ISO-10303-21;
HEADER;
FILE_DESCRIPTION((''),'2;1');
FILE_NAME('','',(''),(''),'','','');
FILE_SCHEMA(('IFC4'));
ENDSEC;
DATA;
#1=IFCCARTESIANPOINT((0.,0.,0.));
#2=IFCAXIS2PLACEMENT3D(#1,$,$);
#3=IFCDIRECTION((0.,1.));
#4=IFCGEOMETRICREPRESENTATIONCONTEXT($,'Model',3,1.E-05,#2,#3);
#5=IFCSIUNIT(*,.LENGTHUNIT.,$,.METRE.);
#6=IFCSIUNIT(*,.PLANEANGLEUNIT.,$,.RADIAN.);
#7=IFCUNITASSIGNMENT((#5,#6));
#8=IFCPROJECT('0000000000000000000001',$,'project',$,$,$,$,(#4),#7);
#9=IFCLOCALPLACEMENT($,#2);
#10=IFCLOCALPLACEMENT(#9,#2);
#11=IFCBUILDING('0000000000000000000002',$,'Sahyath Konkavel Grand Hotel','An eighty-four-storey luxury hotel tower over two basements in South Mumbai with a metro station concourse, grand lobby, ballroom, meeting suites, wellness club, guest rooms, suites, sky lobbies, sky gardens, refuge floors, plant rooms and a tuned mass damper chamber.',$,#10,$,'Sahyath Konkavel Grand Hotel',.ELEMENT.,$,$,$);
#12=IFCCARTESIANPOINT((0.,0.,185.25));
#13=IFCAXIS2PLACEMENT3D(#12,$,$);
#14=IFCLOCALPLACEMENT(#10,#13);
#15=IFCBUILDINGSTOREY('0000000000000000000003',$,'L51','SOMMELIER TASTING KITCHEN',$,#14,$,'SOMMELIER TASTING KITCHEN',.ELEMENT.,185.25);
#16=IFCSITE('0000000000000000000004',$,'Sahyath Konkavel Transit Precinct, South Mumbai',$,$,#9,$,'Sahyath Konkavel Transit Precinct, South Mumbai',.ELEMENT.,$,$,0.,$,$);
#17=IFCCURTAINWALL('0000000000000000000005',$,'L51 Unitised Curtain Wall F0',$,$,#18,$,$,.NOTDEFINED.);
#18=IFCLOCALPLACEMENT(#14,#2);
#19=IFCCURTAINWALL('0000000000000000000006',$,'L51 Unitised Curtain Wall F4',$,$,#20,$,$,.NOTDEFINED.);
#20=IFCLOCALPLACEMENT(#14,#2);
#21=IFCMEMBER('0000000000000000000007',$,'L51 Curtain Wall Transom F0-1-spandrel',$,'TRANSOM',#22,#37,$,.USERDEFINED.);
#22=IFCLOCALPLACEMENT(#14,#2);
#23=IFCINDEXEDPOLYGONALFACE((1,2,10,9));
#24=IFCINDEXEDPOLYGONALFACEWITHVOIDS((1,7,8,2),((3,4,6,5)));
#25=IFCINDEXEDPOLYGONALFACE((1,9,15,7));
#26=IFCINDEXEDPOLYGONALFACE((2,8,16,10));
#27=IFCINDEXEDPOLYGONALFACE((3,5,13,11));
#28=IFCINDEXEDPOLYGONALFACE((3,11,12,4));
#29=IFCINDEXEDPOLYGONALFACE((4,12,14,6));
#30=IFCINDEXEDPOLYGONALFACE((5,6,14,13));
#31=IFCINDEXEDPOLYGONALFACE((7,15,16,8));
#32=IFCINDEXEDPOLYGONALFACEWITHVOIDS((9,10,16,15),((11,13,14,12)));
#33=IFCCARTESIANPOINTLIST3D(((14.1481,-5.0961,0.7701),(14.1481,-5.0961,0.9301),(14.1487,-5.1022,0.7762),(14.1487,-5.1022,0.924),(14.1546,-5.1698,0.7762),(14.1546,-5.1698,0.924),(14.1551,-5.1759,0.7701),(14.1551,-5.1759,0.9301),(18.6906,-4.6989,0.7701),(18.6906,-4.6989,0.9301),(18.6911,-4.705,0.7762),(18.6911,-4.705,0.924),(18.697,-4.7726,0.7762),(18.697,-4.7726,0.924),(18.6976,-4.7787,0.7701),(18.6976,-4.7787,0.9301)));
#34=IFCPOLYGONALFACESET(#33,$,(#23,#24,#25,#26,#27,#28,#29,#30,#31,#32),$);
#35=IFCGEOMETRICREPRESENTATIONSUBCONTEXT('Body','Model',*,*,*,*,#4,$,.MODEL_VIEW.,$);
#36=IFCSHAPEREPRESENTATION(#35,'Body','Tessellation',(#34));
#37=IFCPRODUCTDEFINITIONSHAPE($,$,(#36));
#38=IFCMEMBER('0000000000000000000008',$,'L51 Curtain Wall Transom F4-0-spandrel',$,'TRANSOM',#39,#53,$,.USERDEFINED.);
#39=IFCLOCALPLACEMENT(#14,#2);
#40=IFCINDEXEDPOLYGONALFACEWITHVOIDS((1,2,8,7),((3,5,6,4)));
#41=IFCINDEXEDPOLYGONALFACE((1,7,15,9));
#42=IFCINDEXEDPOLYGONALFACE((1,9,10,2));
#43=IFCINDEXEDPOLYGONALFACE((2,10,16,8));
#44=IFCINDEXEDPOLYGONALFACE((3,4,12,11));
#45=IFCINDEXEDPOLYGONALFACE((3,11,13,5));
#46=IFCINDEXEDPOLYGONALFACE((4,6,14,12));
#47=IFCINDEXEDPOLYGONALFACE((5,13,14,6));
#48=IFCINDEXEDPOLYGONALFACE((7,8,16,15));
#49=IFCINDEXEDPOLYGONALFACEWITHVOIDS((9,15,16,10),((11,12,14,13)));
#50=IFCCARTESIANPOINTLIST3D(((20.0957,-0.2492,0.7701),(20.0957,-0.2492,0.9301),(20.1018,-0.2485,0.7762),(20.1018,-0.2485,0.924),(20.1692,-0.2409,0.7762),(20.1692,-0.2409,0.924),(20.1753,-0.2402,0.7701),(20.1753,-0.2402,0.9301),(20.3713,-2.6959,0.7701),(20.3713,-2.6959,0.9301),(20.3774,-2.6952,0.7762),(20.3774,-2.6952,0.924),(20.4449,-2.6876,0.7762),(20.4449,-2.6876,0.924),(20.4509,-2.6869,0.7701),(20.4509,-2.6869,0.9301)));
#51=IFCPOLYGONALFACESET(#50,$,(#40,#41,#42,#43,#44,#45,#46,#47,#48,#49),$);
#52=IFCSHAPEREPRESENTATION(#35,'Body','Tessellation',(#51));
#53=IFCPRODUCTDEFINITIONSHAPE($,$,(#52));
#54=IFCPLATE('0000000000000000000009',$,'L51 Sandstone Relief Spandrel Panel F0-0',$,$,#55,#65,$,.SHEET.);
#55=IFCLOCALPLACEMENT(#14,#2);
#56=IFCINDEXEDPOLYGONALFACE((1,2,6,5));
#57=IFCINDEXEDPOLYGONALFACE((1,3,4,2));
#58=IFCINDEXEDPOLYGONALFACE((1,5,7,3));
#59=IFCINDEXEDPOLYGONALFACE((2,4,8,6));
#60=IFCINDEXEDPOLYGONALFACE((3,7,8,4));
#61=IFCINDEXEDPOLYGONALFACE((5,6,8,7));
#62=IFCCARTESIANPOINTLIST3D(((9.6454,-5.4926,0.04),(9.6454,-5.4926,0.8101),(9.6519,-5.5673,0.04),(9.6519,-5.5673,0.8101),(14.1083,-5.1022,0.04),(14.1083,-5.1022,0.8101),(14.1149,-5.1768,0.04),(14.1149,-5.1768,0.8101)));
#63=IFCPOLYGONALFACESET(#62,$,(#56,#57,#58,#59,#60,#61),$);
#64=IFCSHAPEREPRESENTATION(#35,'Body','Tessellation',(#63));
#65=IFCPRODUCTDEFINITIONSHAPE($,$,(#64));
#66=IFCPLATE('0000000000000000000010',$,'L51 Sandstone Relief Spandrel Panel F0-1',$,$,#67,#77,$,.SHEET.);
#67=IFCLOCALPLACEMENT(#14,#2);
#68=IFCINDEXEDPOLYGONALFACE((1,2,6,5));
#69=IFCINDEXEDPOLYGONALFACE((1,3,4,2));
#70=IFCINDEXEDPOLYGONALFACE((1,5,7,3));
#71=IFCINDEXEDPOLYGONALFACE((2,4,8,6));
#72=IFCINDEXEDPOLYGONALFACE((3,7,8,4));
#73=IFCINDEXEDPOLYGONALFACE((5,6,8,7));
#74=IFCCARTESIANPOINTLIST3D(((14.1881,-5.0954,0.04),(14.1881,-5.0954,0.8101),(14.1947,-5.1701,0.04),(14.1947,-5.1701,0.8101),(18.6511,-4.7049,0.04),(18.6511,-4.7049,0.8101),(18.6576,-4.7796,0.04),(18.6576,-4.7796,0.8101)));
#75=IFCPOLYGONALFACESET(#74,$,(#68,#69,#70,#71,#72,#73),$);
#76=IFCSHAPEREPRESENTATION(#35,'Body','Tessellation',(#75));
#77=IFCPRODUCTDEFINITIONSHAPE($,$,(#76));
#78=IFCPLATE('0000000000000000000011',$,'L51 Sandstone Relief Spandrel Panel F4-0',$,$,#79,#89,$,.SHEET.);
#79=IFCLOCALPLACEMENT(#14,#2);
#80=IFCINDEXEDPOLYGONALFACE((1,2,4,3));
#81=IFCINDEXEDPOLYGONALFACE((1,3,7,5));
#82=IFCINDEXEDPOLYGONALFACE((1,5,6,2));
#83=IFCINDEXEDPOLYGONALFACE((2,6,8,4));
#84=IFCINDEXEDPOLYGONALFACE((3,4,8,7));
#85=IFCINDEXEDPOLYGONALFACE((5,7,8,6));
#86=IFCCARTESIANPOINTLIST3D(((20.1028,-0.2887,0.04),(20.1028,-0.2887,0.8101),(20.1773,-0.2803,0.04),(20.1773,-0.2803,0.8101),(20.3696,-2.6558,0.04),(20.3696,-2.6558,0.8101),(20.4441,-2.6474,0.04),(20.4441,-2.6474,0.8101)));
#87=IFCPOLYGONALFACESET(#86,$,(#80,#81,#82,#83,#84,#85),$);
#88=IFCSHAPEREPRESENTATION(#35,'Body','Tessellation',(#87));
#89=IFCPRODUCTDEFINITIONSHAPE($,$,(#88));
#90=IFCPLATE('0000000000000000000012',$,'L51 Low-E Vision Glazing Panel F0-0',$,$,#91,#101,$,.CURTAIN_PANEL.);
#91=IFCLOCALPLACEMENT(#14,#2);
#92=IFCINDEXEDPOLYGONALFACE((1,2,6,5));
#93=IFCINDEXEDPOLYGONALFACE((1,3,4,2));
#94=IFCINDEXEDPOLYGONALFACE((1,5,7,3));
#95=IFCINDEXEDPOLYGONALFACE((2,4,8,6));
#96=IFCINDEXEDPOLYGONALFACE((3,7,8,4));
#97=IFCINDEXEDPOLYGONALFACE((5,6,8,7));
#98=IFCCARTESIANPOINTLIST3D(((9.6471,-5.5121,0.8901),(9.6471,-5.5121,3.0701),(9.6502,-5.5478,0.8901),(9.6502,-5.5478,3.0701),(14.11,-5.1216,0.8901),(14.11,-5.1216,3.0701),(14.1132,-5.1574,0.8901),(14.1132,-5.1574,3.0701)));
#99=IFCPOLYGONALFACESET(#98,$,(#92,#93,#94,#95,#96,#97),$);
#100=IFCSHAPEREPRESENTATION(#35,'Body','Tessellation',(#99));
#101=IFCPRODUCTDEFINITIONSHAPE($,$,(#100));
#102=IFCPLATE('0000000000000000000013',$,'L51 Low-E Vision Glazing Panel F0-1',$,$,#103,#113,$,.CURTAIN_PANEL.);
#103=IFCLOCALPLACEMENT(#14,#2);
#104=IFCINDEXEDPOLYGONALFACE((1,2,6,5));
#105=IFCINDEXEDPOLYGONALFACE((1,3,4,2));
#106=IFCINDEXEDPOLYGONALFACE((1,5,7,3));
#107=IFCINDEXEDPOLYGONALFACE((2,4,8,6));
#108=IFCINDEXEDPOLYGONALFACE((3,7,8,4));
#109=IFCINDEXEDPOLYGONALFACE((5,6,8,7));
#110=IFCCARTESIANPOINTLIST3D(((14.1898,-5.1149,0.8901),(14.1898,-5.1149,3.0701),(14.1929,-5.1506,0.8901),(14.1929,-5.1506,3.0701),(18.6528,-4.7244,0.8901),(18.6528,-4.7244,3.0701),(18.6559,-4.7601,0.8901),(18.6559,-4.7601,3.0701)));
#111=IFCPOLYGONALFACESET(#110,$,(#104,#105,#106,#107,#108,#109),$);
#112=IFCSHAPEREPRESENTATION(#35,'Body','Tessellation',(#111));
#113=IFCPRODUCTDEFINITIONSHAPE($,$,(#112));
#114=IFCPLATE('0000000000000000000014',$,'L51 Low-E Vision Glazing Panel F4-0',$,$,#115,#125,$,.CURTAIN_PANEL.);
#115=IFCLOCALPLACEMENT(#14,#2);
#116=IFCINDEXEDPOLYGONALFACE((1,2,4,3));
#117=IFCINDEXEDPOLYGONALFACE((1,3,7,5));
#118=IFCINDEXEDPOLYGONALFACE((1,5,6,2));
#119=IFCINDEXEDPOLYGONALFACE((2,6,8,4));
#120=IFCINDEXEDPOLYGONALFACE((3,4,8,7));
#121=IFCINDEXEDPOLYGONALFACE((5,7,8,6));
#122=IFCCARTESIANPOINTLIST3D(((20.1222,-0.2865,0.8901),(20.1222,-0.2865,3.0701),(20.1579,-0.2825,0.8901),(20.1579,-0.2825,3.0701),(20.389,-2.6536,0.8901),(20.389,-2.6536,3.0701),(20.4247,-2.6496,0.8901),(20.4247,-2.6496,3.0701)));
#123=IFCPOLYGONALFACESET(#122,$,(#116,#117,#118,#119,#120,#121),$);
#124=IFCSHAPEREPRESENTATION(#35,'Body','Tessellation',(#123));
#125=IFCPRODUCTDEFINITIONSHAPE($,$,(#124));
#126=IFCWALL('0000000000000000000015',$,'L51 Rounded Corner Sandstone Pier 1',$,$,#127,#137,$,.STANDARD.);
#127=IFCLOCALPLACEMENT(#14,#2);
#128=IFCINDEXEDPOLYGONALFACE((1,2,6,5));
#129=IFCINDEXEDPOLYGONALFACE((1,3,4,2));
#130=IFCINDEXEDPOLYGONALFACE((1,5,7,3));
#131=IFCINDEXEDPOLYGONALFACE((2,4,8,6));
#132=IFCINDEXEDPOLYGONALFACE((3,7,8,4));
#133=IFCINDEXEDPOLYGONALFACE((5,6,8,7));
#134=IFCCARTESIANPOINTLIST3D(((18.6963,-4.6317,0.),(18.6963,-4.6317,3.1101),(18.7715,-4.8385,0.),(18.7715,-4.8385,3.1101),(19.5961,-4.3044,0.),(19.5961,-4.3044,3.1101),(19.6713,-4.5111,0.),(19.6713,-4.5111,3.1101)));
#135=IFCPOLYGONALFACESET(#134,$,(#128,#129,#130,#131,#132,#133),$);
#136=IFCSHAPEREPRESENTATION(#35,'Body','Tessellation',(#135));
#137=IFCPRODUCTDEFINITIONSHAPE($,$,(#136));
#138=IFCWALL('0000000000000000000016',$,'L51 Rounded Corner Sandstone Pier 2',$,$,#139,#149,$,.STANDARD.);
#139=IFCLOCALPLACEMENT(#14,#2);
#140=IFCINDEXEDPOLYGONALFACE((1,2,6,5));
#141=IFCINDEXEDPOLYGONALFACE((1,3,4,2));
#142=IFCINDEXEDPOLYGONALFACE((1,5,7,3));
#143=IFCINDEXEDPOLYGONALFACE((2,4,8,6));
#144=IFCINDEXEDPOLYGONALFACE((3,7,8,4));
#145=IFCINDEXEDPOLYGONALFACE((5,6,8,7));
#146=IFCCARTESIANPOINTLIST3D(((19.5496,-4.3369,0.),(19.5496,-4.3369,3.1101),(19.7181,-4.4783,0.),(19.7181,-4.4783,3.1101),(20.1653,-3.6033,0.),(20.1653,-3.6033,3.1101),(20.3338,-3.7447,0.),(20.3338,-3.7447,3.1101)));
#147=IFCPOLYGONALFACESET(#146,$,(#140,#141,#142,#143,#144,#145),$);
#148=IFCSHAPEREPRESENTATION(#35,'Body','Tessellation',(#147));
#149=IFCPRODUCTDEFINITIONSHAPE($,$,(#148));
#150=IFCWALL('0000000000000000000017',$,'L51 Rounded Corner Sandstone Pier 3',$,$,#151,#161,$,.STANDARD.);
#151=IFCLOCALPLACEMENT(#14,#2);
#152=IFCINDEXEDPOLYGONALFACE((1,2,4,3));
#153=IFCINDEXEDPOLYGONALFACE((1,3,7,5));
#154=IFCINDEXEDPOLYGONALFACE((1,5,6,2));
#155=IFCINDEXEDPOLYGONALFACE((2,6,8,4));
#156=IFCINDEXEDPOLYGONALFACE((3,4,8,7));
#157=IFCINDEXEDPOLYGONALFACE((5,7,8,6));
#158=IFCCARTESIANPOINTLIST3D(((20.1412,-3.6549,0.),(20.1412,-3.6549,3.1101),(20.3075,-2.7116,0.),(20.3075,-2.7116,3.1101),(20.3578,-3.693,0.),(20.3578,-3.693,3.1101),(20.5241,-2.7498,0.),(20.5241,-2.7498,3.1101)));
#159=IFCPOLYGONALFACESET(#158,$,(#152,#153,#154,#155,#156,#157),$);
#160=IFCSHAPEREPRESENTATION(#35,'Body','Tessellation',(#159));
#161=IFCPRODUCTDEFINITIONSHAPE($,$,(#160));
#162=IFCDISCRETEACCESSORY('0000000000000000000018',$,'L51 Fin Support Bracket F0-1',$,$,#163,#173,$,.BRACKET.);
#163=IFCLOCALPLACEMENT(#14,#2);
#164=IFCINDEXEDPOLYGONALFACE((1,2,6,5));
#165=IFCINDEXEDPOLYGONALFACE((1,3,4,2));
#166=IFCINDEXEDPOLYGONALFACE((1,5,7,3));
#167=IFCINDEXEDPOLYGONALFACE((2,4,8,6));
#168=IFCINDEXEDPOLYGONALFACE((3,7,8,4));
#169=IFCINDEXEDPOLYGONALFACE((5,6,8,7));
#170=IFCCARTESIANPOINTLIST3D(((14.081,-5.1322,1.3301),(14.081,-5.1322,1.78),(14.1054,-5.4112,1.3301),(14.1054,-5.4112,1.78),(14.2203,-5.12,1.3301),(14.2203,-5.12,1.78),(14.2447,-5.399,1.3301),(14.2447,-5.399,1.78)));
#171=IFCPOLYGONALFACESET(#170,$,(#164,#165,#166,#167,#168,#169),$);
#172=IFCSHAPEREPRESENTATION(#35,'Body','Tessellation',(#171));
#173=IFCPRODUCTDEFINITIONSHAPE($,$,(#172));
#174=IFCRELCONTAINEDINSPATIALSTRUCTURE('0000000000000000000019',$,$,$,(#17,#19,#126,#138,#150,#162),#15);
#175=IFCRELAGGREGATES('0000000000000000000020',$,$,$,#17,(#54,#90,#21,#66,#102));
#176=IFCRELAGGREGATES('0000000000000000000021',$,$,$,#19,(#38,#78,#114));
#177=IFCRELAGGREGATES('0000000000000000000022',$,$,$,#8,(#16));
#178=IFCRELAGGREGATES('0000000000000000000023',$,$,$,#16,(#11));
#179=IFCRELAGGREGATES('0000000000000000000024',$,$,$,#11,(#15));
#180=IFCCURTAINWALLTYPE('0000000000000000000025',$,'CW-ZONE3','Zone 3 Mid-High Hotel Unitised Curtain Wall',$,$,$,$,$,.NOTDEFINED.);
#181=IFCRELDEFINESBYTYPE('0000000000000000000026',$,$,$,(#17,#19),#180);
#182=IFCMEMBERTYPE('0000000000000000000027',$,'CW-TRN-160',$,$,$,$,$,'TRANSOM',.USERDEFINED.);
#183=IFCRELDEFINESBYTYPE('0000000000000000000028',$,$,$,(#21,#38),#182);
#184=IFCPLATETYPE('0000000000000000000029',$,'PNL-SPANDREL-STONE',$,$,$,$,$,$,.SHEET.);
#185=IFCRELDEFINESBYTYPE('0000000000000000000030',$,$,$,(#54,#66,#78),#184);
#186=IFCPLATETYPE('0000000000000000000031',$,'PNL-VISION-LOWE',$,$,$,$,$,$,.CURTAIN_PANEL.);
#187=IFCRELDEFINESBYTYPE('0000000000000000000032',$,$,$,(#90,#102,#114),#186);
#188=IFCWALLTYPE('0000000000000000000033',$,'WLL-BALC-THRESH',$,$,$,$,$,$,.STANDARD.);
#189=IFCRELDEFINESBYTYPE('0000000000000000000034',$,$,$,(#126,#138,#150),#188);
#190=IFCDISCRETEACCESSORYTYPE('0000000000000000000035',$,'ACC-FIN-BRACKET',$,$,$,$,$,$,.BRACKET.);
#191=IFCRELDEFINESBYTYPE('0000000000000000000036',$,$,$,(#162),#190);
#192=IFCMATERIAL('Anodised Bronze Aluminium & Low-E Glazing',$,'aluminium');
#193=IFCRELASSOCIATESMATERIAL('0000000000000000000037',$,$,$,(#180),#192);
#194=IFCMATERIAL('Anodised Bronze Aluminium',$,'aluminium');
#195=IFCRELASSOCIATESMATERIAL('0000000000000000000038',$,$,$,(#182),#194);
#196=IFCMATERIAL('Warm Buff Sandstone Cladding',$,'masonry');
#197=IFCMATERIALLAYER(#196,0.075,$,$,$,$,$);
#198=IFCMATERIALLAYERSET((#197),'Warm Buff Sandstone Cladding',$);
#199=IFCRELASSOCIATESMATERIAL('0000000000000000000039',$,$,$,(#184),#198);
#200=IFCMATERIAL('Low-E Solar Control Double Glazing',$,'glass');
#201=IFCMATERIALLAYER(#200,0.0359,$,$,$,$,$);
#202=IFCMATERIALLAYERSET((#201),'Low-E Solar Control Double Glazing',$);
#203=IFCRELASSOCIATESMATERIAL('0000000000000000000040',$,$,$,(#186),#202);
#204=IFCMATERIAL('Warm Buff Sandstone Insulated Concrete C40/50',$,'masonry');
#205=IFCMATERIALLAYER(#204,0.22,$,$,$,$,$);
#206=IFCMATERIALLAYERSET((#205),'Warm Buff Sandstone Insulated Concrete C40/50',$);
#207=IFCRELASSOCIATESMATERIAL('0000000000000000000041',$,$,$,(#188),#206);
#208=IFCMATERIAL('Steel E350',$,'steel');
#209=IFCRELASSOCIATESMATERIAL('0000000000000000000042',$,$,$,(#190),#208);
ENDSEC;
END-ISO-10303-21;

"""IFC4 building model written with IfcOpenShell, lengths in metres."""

from ifc_helpers import new_model, si_unit, direction, frame, frame_2d, origin, origin_2d, place, context, subcontext, project, spatial, rectangle, hollow_rectangle, extrude, source, transform, mapped, material, layer, layer_set, material_profile, profile_set, type_object, element, aggregate, save


model = new_model("IFC4")

# Units and contexts
model_context = context("Model", 3, precision=1e-05, world=origin(), true_north=direction((0.0, 1.0)))
body_context = subcontext(model_context, "Body", "Model", "MODEL_VIEW")
ifc_project = project(units=[si_unit("LENGTHUNIT", "METRE"), si_unit("PLANEANGLEUNIT", "RADIAN")], contexts=[model_context])

# Site, building, storey
site_placement = place(None, origin())
site = spatial("IfcSite", under=ifc_project, at=site_placement, Name="Sahyath Konkavel Transit Precinct, South Mumbai", LongName="Sahyath Konkavel Transit Precinct, South Mumbai", CompositionType="ELEMENT", RefElevation=0.0)
building_placement = place(site_placement, origin())
building = spatial("IfcBuilding", under=site, at=building_placement, Name="Sahyath Konkavel Grand Hotel", Description="An eighty-four-storey luxury hotel tower over two basements in South Mumbai with a metro station concourse, grand lobby, ballroom, meeting suites, wellness club, guest rooms, suites, sky lobbies, sky gardens, refuge floors, plant rooms and a tuned mass damper chamber.", LongName="Sahyath Konkavel Grand Hotel", CompositionType="ELEMENT")
storey_placement = place(building_placement, frame((0.0, 0.0, 185.25)))
storey = spatial("IfcBuildingStorey", under=building, at=storey_placement, Name="L51", Description="SOMMELIER TASTING KITCHEN", LongName="SOMMELIER TASTING KITCHEN", CompositionType="ELEMENT", Elevation=185.25)

# Shared definitions
ifc_material_1 = material(Name="Steel E350", Category="steel")

# Curtain wall
ifc_material_2 = material(Name="Anodised Bronze Aluminium & Low-E Glazing", Category="aluminium")
curtain_wall_type = type_object("IfcCurtainWallType", Name="CW-ZONE3", Description="Zone 3 Mid-High Hotel Unitised Curtain Wall", PredefinedType="NOTDEFINED", material=ifc_material_2)
curtain_wall_1_placement = place(storey_placement, origin())
curtain_wall_1 = element("IfcCurtainWall", 1, at=curtain_wall_1_placement, inside=storey, type_object=curtain_wall_type, Name="L51 Unitised Curtain Wall F0", PredefinedType="NOTDEFINED")
ifc_material_3 = material(Name="Anodised Bronze Aluminium", Category="aluminium")

# Curtain wall
curtain_wall_2_placement = place(storey_placement, origin())
curtain_wall_2 = element("IfcCurtainWall", 2, at=curtain_wall_2_placement, inside=storey, type_object=curtain_wall_type, Name="L51 Unitised Curtain Wall F4", PredefinedType="NOTDEFINED")

# Members
ifc_material_profile_1 = material_profile(ifc_material_3, hollow_rectangle(XDim=0.0801, YDim=0.1599, WallThickness=0.0061, at=origin_2d()), Name="RHS 160x80x6")
ifc_profile_set_1 = profile_set([ifc_material_profile_1], Name="Anodised Bronze Aluminium")
member_type_1 = type_object("IfcMemberType", Name="CW-TRN-160", ElementType="TRANSOM", PredefinedType="USERDEFINED", material=ifc_profile_set_1)
shared_shape_1 = source(origin(), body_context, "Body", "SweptSolid", [
    extrude(hollow_rectangle(XDim=0.0801, YDim=0.1599, WallThickness=0.0061, at=origin_2d()), origin(), (0.0, 0.0, 1.0), 4.5598),
])
member_1_placement = place(storey_placement, frame((14.1516, -5.136, 0.8501), z_axis=(0.996198, 0.087112, 0.0), x_axis=(-0.087112, 0.996198, 0.0)))
member_1 = element("IfcMember", 3, at=member_1_placement, type_object=member_type_1, Name="L51 Curtain Wall Transom F0-1-spandrel", ObjectType="TRANSOM", PredefinedType="USERDEFINED", context=body_context, shape_type="MappedRepresentation", body=[
    mapped(shared_shape_1, transform((0.0, 0.0, 0.0), scale=1.0)),
])
shared_shape_2 = source(origin(), body_context, "Body", "SweptSolid", [
    extrude(hollow_rectangle(XDim=0.0801, YDim=0.1599, WallThickness=0.0061, at=origin_2d()), origin(), (0.0, 0.0, 1.0), 2.4622),
])
member_2_placement = place(storey_placement, frame((20.4111, -2.6914, 0.8501), z_axis=(-0.111944, 0.993715, 0.0), x_axis=(-0.993715, -0.111944, 0.0)))
member_2 = element("IfcMember", 4, at=member_2_placement, type_object=member_type_1, Name="L51 Curtain Wall Transom F4-0-spandrel", ObjectType="TRANSOM", PredefinedType="USERDEFINED", context=body_context, shape_type="MappedRepresentation", body=[
    mapped(shared_shape_2, transform((0.0, 0.0, 0.0), scale=1.0)),
])

# Plates
ifc_material_4 = material(Name="Warm Buff Sandstone Cladding", Category="masonry")
ifc_layer_1 = layer(ifc_material_4, 0.075)
ifc_layer_set_1 = layer_set([ifc_layer_1], Name="Warm Buff Sandstone Cladding")
plate_type_1 = type_object("IfcPlateType", Name="PNL-SPANDREL-STONE", PredefinedType="SHEET", material=ifc_layer_set_1)
shared_shape_3 = source(origin(), body_context, "Body", "SweptSolid", [
    extrude(rectangle(XDim=4.48, YDim=0.075, at=origin_2d()), origin(), (0.0, 0.0, 1.0), 0.77),
])
plate_1_placement = place(storey_placement, frame((11.8801, -5.3347, 0.04), z_axis=(0.0, 0.0, 1.0), x_axis=(0.996195, 0.087156, 0.0)))
plate_1 = element("IfcPlate", 5, at=plate_1_placement, type_object=plate_type_1, Name="L51 Sandstone Relief Spandrel Panel F0-0", PredefinedType="SHEET", context=body_context, shape_type="MappedRepresentation", body=[
    mapped(shared_shape_3, transform((0.0, 0.0, 0.0), scale=1.0)),
])
plate_2_placement = place(storey_placement, frame((16.4229, -4.9375, 0.04), z_axis=(0.0, 0.0, 1.0), x_axis=(0.996195, 0.087156, 0.0)))
plate_2 = element("IfcPlate", 6, at=plate_2_placement, type_object=plate_type_1, Name="L51 Sandstone Relief Spandrel Panel F0-1", PredefinedType="SHEET", context=body_context, shape_type="MappedRepresentation", body=[
    mapped(shared_shape_3, transform((0.0, 0.0, 0.0), scale=1.0)),
])
shared_shape_4 = source(origin(), body_context, "Body", "SweptSolid", [
    extrude(rectangle(XDim=2.3821, YDim=0.075, at=origin_2d()), origin(), (0.0, 0.0, 1.0), 0.77),
])
plate_3_placement = place(storey_placement, frame((20.2734, -1.468, 0.04), z_axis=(0.0, 0.0, 1.0), x_axis=(-0.111989, 0.993709, 0.0)))
plate_3 = element("IfcPlate", 7, at=plate_3_placement, type_object=plate_type_1, Name="L51 Sandstone Relief Spandrel Panel F4-0", PredefinedType="SHEET", context=body_context, shape_type="MappedRepresentation", body=[
    mapped(shared_shape_4, transform((0.0, 0.0, 0.0), scale=1.0)),
])
ifc_material_5 = material(Name="Low-E Solar Control Double Glazing", Category="glass")
ifc_layer_2 = layer(ifc_material_5, 0.0359)
ifc_layer_set_2 = layer_set([ifc_layer_2], Name="Low-E Solar Control Double Glazing")
plate_type_2 = type_object("IfcPlateType", Name="PNL-VISION-LOWE", PredefinedType="CURTAIN_PANEL", material=ifc_layer_set_2)
shared_shape_5 = source(origin(), body_context, "Body", "SweptSolid", [
    extrude(rectangle(XDim=4.48, YDim=0.0359, at=origin_2d()), origin(), (0.0, 0.0, 1.0), 2.1799),
])
plate_4_placement = place(storey_placement, frame((11.8801, -5.3347, 0.8901), z_axis=(0.0, 0.0, 1.0), x_axis=(0.996195, 0.087156, 0.0)))
plate_4 = element("IfcPlate", 8, at=plate_4_placement, type_object=plate_type_2, Name="L51 Low-E Vision Glazing Panel F0-0", PredefinedType="CURTAIN_PANEL", context=body_context, shape_type="MappedRepresentation", body=[
    mapped(shared_shape_5, transform((0.0, 0.0, 0.0), scale=1.0)),
])
plate_5_placement = place(storey_placement, frame((16.4229, -4.9375, 0.8901), z_axis=(0.0, 0.0, 1.0), x_axis=(0.996195, 0.087156, 0.0)))
plate_5 = element("IfcPlate", 9, at=plate_5_placement, type_object=plate_type_2, Name="L51 Low-E Vision Glazing Panel F0-1", PredefinedType="CURTAIN_PANEL", context=body_context, shape_type="MappedRepresentation", body=[
    mapped(shared_shape_5, transform((0.0, 0.0, 0.0), scale=1.0)),
])
aggregate(curtain_wall_1, [plate_1, plate_4, member_1, plate_2, plate_5])
shared_shape_6 = source(origin(), body_context, "Body", "SweptSolid", [
    extrude(rectangle(XDim=2.3821, YDim=0.0359, at=origin_2d()), origin(), (0.0, 0.0, 1.0), 2.1799),
])
plate_6_placement = place(storey_placement, frame((20.2734, -1.468, 0.8901), z_axis=(0.0, 0.0, 1.0), x_axis=(-0.111989, 0.993709, 0.0)))
plate_6 = element("IfcPlate", 10, at=plate_6_placement, type_object=plate_type_2, Name="L51 Low-E Vision Glazing Panel F4-0", PredefinedType="CURTAIN_PANEL", context=body_context, shape_type="MappedRepresentation", body=[
    mapped(shared_shape_6, transform((0.0, 0.0, 0.0), scale=1.0)),
])
aggregate(curtain_wall_2, [member_2, plate_3, plate_6])

# Walls
ifc_material_6 = material(Name="Warm Buff Sandstone Insulated Concrete C40/50", Category="masonry")
ifc_layer_3 = layer(ifc_material_6, 0.22)
ifc_layer_set_3 = layer_set([ifc_layer_3], Name="Warm Buff Sandstone Insulated Concrete C40/50")
wall_type = type_object("IfcWallType", Name="WLL-BALC-THRESH", PredefinedType="STANDARD", material=ifc_layer_set_3)
wall_placement = place(storey_placement, frame((18.7339, -4.7351, 0.0), z_axis=(0.0, 0.0, 1.0), x_axis=(0.939741, 0.341886, 0.0)))
element("IfcWall", 11, at=wall_placement, inside=storey, type_object=wall_type, Name="L51 Rounded Corner Sandstone Pier 1", PredefinedType="STANDARD", context=body_context, shape_type="SweptSolid", body=[
    extrude(rectangle(XDim=0.9575, YDim=0.22, at=frame_2d((0.4788, 0.0))), origin(), (0.0, 0.0, 1.0), 3.1101),
])
for number, where, z_axis, x_axis, name in (
    (12, (19.6338, -4.4077, 0.0), (0.0, 0.0, 1.0), (0.642863, 0.765981, 0.0), "L51 Rounded Corner Sandstone Pier 2"),
    (13, (20.2495, -3.6741, 0.0), (0.0, 0.0, 1.0), (0.173611, 0.984814, 0.0), "L51 Rounded Corner Sandstone Pier 3"),
):
    element("IfcWall", number, at=place(storey_placement, frame(where, z_axis=z_axis, x_axis=x_axis)), inside=storey, type_object=wall_type, Name=name, PredefinedType="STANDARD", context=body_context, shape_type="SweptSolid", body=[
        extrude(rectangle(XDim=0.9578, YDim=0.22, at=frame_2d((0.479, 0.0))), origin(), (0.0, 0.0, 1.0), 3.1101),
    ])

# Discrete accessory
discrete_accessory_type = type_object("IfcDiscreteAccessoryType", Name="ACC-FIN-BRACKET", PredefinedType="BRACKET", material=ifc_material_1)
shared_shape_7 = source(origin(), body_context, "Body", "SweptSolid", [
    extrude(rectangle(XDim=0.28, YDim=0.1399, at=origin_2d()), origin(), (0.0, 0.0, 1.0), 0.45),
])
discrete_accessory_placement = place(storey_placement, frame((14.1628, -5.2656, 1.3301), z_axis=(0.0, 0.0, 1.0), x_axis=(0.087156, -0.996195, 0.0)))
element("IfcDiscreteAccessory", 14, at=discrete_accessory_placement, inside=storey, type_object=discrete_accessory_type, Name="L51 Fin Support Bracket F0-1", PredefinedType="BRACKET", context=body_context, shape_type="MappedRepresentation", body=[
    mapped(shared_shape_7, transform((0.0, 0.0, 0.0), scale=1.0)),
])

save(model, "model.ifc")
